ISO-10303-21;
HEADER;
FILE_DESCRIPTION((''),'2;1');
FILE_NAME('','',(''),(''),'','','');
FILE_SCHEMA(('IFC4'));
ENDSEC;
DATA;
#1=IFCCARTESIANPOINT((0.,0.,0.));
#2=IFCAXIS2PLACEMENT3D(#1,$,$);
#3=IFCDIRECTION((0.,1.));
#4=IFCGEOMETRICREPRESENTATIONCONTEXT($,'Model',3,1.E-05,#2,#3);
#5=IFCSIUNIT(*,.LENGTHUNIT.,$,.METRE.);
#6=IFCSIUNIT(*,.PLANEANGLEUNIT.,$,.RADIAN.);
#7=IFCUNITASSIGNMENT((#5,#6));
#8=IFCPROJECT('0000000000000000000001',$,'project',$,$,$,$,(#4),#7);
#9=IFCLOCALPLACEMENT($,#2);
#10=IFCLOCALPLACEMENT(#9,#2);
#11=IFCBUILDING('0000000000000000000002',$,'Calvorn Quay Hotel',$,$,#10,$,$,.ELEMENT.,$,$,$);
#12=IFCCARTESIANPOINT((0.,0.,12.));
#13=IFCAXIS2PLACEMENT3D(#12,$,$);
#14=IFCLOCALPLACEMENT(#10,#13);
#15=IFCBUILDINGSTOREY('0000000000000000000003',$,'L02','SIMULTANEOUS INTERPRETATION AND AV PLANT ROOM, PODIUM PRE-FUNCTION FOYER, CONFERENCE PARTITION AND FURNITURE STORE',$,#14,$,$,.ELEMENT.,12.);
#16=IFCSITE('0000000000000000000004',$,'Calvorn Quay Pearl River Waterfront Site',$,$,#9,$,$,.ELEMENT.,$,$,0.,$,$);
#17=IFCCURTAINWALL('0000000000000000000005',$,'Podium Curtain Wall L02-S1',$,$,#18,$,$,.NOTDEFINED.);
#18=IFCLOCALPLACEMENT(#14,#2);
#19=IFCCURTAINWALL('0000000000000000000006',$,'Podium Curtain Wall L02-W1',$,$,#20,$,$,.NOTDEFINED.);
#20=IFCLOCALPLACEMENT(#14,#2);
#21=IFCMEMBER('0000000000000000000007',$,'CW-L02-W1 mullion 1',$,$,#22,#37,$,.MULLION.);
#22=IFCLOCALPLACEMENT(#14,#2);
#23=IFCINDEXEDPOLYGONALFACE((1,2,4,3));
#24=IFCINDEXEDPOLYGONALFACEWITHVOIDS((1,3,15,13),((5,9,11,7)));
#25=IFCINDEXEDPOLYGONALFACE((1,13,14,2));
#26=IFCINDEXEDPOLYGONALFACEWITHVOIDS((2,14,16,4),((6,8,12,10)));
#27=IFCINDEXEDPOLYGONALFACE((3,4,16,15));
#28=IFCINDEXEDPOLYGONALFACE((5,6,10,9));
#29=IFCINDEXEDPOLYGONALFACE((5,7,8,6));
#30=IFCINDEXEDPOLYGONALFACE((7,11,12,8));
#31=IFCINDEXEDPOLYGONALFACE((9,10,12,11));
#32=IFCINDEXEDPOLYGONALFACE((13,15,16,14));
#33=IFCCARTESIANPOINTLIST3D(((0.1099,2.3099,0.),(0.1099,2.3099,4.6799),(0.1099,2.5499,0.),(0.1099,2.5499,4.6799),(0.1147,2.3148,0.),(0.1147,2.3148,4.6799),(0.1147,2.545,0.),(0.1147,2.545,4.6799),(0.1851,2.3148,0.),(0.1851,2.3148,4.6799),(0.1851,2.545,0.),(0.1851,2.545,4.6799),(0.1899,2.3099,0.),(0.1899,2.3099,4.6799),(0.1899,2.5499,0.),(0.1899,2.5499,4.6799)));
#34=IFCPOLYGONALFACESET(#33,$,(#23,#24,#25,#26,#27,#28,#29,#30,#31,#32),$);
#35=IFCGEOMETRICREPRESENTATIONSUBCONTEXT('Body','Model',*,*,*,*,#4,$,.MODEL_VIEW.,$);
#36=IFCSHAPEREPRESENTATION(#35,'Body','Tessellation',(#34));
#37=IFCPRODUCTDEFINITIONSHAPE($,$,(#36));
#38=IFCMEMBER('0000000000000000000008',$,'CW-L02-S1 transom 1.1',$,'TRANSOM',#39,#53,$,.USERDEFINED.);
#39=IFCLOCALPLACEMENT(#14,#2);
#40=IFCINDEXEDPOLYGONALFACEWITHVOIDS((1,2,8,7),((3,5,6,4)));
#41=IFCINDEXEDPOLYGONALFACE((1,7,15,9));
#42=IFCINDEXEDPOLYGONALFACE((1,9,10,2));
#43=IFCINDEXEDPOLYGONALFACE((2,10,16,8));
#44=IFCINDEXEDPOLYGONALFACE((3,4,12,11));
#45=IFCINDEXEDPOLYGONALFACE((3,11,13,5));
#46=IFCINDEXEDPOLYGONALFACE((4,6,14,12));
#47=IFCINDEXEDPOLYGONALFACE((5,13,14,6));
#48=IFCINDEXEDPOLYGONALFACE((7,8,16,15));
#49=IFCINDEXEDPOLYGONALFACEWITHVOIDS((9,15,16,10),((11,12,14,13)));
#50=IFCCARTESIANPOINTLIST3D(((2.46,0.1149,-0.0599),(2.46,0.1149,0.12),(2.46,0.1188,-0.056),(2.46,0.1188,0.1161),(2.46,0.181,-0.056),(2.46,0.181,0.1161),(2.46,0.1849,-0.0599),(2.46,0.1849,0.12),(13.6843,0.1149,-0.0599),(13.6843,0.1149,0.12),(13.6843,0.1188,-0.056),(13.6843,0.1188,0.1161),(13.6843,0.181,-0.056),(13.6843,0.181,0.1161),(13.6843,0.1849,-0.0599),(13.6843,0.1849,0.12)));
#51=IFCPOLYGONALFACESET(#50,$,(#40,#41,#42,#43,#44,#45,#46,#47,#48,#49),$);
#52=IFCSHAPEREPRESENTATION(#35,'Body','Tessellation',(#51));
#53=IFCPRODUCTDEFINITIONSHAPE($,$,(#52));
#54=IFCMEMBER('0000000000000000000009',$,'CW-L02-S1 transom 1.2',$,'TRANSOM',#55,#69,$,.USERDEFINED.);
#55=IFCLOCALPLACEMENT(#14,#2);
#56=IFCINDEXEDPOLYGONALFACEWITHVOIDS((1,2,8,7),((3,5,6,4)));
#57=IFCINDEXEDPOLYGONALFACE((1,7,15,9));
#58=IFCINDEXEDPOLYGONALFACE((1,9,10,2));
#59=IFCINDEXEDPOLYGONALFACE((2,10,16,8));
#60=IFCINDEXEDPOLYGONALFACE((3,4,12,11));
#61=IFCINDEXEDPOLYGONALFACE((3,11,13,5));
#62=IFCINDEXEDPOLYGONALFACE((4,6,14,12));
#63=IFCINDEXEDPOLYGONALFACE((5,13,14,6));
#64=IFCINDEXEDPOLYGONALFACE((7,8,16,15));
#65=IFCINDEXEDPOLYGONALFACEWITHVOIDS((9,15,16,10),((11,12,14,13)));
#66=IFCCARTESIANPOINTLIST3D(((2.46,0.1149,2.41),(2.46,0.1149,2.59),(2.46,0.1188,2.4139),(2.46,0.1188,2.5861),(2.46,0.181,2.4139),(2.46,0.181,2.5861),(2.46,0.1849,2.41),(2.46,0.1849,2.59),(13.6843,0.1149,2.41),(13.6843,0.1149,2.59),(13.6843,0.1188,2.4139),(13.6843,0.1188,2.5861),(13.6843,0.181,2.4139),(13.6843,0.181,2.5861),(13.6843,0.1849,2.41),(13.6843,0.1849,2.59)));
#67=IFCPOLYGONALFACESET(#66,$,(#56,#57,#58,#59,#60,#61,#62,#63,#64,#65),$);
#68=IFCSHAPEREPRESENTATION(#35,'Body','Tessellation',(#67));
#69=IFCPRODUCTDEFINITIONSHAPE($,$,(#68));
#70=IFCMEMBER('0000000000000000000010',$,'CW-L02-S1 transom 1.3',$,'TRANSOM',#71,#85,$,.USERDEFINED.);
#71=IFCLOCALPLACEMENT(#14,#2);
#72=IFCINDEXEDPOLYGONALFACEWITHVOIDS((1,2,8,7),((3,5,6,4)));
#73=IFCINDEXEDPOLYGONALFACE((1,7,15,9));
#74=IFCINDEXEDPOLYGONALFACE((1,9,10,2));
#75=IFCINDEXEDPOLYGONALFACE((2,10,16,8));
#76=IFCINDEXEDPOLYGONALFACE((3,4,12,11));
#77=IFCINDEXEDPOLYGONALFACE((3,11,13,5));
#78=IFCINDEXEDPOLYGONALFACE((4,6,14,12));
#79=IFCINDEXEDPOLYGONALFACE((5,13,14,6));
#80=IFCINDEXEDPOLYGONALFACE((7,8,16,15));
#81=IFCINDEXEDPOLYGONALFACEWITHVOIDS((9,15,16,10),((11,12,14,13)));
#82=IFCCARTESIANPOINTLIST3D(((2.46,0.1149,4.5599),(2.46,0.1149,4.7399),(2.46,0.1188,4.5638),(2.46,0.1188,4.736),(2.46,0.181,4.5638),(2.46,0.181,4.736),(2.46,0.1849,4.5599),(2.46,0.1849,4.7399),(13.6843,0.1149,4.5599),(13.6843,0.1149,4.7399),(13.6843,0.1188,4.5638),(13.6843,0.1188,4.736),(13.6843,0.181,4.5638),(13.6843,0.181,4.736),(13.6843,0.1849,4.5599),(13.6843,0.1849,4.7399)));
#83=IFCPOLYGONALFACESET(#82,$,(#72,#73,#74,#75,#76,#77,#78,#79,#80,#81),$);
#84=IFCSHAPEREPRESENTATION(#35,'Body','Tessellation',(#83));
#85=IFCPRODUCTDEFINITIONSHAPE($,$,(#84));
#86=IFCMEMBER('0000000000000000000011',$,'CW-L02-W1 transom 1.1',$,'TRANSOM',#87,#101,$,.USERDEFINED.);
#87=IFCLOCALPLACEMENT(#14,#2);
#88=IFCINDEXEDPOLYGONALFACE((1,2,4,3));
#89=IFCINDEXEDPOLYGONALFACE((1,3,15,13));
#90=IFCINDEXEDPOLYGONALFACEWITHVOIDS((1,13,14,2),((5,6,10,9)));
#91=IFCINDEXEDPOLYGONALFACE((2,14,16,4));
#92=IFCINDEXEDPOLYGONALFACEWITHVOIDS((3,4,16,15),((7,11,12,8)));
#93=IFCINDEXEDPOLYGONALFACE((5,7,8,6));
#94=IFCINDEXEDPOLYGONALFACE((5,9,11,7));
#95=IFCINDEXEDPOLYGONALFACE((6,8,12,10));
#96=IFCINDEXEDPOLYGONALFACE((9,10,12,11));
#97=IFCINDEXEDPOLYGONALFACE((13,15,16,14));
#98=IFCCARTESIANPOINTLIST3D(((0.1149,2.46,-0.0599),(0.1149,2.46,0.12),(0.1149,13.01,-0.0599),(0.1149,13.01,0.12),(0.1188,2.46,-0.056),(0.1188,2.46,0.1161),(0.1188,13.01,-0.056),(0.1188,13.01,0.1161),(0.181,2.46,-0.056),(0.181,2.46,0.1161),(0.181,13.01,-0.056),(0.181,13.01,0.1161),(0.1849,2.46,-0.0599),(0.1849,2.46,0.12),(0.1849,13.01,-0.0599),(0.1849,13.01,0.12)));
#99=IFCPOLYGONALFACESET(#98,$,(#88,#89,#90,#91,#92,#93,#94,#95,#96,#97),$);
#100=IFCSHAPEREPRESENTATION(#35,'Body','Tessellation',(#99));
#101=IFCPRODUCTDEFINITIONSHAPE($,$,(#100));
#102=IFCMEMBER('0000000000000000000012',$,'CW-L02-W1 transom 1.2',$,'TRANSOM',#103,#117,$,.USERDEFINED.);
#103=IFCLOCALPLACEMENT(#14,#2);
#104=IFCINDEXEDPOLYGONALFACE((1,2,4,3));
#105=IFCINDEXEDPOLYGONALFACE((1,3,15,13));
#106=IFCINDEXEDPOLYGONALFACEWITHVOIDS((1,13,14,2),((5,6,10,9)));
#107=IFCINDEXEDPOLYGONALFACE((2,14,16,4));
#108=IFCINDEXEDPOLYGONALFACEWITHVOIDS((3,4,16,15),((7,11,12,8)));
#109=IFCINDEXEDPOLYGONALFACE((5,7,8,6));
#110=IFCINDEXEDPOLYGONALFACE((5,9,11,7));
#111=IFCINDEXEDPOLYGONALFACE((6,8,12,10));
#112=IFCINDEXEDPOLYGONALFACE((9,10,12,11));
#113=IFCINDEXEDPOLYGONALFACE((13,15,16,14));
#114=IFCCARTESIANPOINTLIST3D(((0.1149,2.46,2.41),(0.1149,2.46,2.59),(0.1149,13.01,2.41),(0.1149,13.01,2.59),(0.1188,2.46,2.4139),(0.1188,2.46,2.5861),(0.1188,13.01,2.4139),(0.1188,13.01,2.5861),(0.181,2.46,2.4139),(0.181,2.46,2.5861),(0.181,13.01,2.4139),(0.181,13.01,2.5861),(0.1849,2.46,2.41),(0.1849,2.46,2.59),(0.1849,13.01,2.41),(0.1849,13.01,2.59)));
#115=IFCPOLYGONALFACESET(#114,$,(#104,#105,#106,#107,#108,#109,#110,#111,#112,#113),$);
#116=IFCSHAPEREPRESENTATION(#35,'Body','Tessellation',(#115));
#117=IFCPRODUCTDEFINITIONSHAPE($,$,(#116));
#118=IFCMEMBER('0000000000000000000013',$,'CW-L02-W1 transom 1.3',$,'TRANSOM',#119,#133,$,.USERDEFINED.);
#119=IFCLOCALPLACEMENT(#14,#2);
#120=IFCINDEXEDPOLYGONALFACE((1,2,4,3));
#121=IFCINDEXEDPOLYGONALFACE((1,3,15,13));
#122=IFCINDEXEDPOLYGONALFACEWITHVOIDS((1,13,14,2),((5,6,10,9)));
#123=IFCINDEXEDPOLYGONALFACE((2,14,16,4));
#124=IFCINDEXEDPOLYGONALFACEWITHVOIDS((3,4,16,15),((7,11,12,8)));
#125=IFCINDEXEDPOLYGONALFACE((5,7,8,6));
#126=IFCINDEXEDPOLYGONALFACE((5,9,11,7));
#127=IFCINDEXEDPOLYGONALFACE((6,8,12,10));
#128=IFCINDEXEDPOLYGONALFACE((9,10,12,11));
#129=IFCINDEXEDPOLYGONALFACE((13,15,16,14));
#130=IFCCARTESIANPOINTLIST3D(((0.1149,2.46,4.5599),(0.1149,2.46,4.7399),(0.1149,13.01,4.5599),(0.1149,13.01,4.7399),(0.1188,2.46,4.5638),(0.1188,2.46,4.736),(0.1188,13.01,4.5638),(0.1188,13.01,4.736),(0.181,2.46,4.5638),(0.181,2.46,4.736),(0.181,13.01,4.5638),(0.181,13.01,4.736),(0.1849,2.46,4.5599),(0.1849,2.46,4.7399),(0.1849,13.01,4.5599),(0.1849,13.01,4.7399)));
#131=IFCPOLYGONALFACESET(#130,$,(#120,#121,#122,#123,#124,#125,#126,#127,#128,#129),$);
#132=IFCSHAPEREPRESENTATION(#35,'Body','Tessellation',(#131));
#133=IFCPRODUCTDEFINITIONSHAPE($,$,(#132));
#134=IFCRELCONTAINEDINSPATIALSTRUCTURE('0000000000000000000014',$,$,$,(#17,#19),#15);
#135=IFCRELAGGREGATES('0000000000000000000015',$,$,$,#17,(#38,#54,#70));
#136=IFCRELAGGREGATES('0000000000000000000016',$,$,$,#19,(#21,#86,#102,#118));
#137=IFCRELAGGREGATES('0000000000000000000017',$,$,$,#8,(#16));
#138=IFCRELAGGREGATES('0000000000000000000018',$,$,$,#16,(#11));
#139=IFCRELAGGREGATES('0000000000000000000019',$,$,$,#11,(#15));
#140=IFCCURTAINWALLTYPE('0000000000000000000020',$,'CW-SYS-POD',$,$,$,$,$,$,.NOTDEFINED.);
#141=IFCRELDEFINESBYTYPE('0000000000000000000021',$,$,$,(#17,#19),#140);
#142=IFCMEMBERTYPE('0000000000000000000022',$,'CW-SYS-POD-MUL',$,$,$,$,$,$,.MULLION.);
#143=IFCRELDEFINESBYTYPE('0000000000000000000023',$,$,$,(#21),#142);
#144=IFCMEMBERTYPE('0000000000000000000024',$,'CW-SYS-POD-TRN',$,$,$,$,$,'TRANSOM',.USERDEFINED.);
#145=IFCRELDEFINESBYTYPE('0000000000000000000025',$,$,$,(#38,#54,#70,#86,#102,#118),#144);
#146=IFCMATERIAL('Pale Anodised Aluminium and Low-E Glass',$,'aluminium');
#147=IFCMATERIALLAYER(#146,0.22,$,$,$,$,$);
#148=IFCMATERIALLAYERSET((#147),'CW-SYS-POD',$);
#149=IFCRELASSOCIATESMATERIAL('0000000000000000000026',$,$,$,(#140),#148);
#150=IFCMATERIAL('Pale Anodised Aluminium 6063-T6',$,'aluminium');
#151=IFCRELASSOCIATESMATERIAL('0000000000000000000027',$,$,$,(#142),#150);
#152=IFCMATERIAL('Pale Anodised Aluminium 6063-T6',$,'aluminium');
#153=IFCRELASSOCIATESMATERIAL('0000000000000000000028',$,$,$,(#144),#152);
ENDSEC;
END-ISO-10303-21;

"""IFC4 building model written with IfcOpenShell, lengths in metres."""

from ifc_helpers import new_model, si_unit, direction, frame, origin, origin_2d, place, context, subcontext, project, spatial, hollow_rectangle, extrude, material, layer, layer_set, material_profile, profile_set, type_object, element, aggregate, save


model = new_model("IFC4")

# Units and contexts
model_context = context("Model", 3, precision=1e-05, world=origin(), true_north=direction((0.0, 1.0)))
body_context = subcontext(model_context, "Body", "Model", "MODEL_VIEW")
ifc_project = project(units=[si_unit("LENGTHUNIT", "METRE"), si_unit("PLANEANGLEUNIT", "RADIAN")], contexts=[model_context])

# Site, building, storey
site_placement = place(None, origin())
site = spatial("IfcSite", under=ifc_project, at=site_placement, Name="Calvorn Quay Pearl River Waterfront Site", CompositionType="ELEMENT", RefElevation=0.0)
building_placement = place(site_placement, origin())
building = spatial("IfcBuilding", under=site, at=building_placement, Name="Calvorn Quay Hotel", CompositionType="ELEMENT")
storey_placement = place(building_placement, frame((0.0, 0.0, 12.0)))
storey = spatial("IfcBuildingStorey", under=building, at=storey_placement, Name="L02", Description="SIMULTANEOUS INTERPRETATION AND AV PLANT ROOM, PODIUM PRE-FUNCTION FOYER, CONFERENCE PARTITION AND FURNITURE STORE", CompositionType="ELEMENT", Elevation=12.0)

# Curtain walls, member
ifc_material_1 = material(Name="Pale Anodised Aluminium and Low-E Glass", Category="aluminium")
ifc_layer_1 = layer(ifc_material_1, 0.22)
ifc_layer_set_1 = layer_set([ifc_layer_1], Name="CW-SYS-POD")
curtain_wall_type = type_object("IfcCurtainWallType", Name="CW-SYS-POD", PredefinedType="NOTDEFINED", material=ifc_layer_set_1)
curtain_wall_1_placement = place(storey_placement, origin())
curtain_wall_1 = element("IfcCurtainWall", 1, at=curtain_wall_1_placement, inside=storey, type_object=curtain_wall_type, Name="Podium Curtain Wall L02-S1", PredefinedType="NOTDEFINED")
ifc_material_2 = material(Name="Pale Anodised Aluminium 6063-T6", Category="aluminium")
ifc_material_profile_1 = material_profile(ifc_material_2, hollow_rectangle(XDim=0.0801, YDim=0.24, WallThickness=0.0049, at=origin_2d()), Name="ALU-M240x80x5")
ifc_profile_set_1 = profile_set([ifc_material_profile_1], Name="Pale Anodised Aluminium 6063-T6")
member_type_1 = type_object("IfcMemberType", Name="CW-SYS-POD-MUL", PredefinedType="MULLION", material=ifc_profile_set_1)
curtain_wall_2_placement = place(storey_placement, origin())
curtain_wall_2 = element("IfcCurtainWall", 2, at=curtain_wall_2_placement, inside=storey, type_object=curtain_wall_type, Name="Podium Curtain Wall L02-W1", PredefinedType="NOTDEFINED")
member_1_placement = place(storey_placement, frame((0.1499, 2.4299, 0.0), z_axis=(0.0, 0.0, 1.0), x_axis=(-1.0, 0.0, 0.0)))
member_1 = element("IfcMember", 3, at=member_1_placement, type_object=member_type_1, Name="CW-L02-W1 mullion 1", PredefinedType="MULLION", context=body_context, shape_type="SweptSolid", body=[
    extrude(hollow_rectangle(XDim=0.0801, YDim=0.24, WallThickness=0.0049, at=origin_2d()), origin(), (0.0, 0.0, 1.0), 4.6799),
])

# Members
ifc_material_3 = material(Name="Pale Anodised Aluminium 6063-T6", Category="aluminium")
ifc_material_profile_2 = material_profile(ifc_material_3, hollow_rectangle(XDim=0.0701, YDim=0.1799, WallThickness=0.0039, at=origin_2d()), Name="ALU-T180x70x4")
ifc_profile_set_2 = profile_set([ifc_material_profile_2], Name="Pale Anodised Aluminium 6063-T6")
member_type_2 = type_object("IfcMemberType", Name="CW-SYS-POD-TRN", ElementType="TRANSOM", PredefinedType="USERDEFINED", material=ifc_profile_set_2)
member_2_placement = place(storey_placement, frame((2.46, 0.1499, 0.03), z_axis=(1.0, 0.0, 0.0), x_axis=(0.0, 1.0, 0.0)))
member_2 = element("IfcMember", 4, at=member_2_placement, type_object=member_type_2, Name="CW-L02-S1 transom 1.1", ObjectType="TRANSOM", PredefinedType="USERDEFINED", context=body_context, shape_type="SweptSolid", body=[
    extrude(hollow_rectangle(XDim=0.0701, YDim=0.1799, WallThickness=0.0039, at=origin_2d()), origin(), (0.0, 0.0, 1.0), 11.2244),
])
member_3_placement = place(storey_placement, frame((2.46, 0.1499, 2.5), z_axis=(1.0, 0.0, 0.0), x_axis=(0.0, 1.0, 0.0)))
member_3 = element("IfcMember", 5, at=member_3_placement, type_object=member_type_2, Name="CW-L02-S1 transom 1.2", ObjectType="TRANSOM", PredefinedType="USERDEFINED", context=body_context, shape_type="SweptSolid", body=[
    extrude(hollow_rectangle(XDim=0.0701, YDim=0.1799, WallThickness=0.0039, at=origin_2d()), origin(), (0.0, 0.0, 1.0), 11.2244),
])
member_4_placement = place(storey_placement, frame((2.46, 0.1499, 4.6499), z_axis=(1.0, 0.0, 0.0), x_axis=(0.0, 1.0, 0.0)))
member_4 = element("IfcMember", 6, at=member_4_placement, type_object=member_type_2, Name="CW-L02-S1 transom 1.3", ObjectType="TRANSOM", PredefinedType="USERDEFINED", context=body_context, shape_type="SweptSolid", body=[
    extrude(hollow_rectangle(XDim=0.0701, YDim=0.1799, WallThickness=0.0039, at=origin_2d()), origin(), (0.0, 0.0, 1.0), 11.2244),
])
aggregate(curtain_wall_1, [member_2, member_3, member_4])
member_5_placement = place(storey_placement, frame((0.1499, 2.46, 0.03), z_axis=(0.0, 1.0, 0.0), x_axis=(-1.0, 0.0, 0.0)))
member_5 = element("IfcMember", 7, at=member_5_placement, type_object=member_type_2, Name="CW-L02-W1 transom 1.1", ObjectType="TRANSOM", PredefinedType="USERDEFINED", context=body_context, shape_type="SweptSolid", body=[
    extrude(hollow_rectangle(XDim=0.0701, YDim=0.1799, WallThickness=0.0039, at=origin_2d()), origin(), (0.0, 0.0, 1.0), 10.55),
])
member_6_placement = place(storey_placement, frame((0.1499, 2.46, 2.5), z_axis=(0.0, 1.0, 0.0), x_axis=(-1.0, 0.0, 0.0)))
member_6 = element("IfcMember", 8, at=member_6_placement, type_object=member_type_2, Name="CW-L02-W1 transom 1.2", ObjectType="TRANSOM", PredefinedType="USERDEFINED", context=body_context, shape_type="SweptSolid", body=[
    extrude(hollow_rectangle(XDim=0.0701, YDim=0.1799, WallThickness=0.0039, at=origin_2d()), origin(), (0.0, 0.0, 1.0), 10.55),
])
member_7_placement = place(storey_placement, frame((0.1499, 2.46, 4.6499), z_axis=(0.0, 1.0, 0.0), x_axis=(-1.0, 0.0, 0.0)))
member_7 = element("IfcMember", 9, at=member_7_placement, type_object=member_type_2, Name="CW-L02-W1 transom 1.3", ObjectType="TRANSOM", PredefinedType="USERDEFINED", context=body_context, shape_type="SweptSolid", body=[
    extrude(hollow_rectangle(XDim=0.0701, YDim=0.1799, WallThickness=0.0039, at=origin_2d()), origin(), (0.0, 0.0, 1.0), 10.55),
])
aggregate(curtain_wall_2, [member_1, member_5, member_6, member_7])

save(model, "model.ifc")
